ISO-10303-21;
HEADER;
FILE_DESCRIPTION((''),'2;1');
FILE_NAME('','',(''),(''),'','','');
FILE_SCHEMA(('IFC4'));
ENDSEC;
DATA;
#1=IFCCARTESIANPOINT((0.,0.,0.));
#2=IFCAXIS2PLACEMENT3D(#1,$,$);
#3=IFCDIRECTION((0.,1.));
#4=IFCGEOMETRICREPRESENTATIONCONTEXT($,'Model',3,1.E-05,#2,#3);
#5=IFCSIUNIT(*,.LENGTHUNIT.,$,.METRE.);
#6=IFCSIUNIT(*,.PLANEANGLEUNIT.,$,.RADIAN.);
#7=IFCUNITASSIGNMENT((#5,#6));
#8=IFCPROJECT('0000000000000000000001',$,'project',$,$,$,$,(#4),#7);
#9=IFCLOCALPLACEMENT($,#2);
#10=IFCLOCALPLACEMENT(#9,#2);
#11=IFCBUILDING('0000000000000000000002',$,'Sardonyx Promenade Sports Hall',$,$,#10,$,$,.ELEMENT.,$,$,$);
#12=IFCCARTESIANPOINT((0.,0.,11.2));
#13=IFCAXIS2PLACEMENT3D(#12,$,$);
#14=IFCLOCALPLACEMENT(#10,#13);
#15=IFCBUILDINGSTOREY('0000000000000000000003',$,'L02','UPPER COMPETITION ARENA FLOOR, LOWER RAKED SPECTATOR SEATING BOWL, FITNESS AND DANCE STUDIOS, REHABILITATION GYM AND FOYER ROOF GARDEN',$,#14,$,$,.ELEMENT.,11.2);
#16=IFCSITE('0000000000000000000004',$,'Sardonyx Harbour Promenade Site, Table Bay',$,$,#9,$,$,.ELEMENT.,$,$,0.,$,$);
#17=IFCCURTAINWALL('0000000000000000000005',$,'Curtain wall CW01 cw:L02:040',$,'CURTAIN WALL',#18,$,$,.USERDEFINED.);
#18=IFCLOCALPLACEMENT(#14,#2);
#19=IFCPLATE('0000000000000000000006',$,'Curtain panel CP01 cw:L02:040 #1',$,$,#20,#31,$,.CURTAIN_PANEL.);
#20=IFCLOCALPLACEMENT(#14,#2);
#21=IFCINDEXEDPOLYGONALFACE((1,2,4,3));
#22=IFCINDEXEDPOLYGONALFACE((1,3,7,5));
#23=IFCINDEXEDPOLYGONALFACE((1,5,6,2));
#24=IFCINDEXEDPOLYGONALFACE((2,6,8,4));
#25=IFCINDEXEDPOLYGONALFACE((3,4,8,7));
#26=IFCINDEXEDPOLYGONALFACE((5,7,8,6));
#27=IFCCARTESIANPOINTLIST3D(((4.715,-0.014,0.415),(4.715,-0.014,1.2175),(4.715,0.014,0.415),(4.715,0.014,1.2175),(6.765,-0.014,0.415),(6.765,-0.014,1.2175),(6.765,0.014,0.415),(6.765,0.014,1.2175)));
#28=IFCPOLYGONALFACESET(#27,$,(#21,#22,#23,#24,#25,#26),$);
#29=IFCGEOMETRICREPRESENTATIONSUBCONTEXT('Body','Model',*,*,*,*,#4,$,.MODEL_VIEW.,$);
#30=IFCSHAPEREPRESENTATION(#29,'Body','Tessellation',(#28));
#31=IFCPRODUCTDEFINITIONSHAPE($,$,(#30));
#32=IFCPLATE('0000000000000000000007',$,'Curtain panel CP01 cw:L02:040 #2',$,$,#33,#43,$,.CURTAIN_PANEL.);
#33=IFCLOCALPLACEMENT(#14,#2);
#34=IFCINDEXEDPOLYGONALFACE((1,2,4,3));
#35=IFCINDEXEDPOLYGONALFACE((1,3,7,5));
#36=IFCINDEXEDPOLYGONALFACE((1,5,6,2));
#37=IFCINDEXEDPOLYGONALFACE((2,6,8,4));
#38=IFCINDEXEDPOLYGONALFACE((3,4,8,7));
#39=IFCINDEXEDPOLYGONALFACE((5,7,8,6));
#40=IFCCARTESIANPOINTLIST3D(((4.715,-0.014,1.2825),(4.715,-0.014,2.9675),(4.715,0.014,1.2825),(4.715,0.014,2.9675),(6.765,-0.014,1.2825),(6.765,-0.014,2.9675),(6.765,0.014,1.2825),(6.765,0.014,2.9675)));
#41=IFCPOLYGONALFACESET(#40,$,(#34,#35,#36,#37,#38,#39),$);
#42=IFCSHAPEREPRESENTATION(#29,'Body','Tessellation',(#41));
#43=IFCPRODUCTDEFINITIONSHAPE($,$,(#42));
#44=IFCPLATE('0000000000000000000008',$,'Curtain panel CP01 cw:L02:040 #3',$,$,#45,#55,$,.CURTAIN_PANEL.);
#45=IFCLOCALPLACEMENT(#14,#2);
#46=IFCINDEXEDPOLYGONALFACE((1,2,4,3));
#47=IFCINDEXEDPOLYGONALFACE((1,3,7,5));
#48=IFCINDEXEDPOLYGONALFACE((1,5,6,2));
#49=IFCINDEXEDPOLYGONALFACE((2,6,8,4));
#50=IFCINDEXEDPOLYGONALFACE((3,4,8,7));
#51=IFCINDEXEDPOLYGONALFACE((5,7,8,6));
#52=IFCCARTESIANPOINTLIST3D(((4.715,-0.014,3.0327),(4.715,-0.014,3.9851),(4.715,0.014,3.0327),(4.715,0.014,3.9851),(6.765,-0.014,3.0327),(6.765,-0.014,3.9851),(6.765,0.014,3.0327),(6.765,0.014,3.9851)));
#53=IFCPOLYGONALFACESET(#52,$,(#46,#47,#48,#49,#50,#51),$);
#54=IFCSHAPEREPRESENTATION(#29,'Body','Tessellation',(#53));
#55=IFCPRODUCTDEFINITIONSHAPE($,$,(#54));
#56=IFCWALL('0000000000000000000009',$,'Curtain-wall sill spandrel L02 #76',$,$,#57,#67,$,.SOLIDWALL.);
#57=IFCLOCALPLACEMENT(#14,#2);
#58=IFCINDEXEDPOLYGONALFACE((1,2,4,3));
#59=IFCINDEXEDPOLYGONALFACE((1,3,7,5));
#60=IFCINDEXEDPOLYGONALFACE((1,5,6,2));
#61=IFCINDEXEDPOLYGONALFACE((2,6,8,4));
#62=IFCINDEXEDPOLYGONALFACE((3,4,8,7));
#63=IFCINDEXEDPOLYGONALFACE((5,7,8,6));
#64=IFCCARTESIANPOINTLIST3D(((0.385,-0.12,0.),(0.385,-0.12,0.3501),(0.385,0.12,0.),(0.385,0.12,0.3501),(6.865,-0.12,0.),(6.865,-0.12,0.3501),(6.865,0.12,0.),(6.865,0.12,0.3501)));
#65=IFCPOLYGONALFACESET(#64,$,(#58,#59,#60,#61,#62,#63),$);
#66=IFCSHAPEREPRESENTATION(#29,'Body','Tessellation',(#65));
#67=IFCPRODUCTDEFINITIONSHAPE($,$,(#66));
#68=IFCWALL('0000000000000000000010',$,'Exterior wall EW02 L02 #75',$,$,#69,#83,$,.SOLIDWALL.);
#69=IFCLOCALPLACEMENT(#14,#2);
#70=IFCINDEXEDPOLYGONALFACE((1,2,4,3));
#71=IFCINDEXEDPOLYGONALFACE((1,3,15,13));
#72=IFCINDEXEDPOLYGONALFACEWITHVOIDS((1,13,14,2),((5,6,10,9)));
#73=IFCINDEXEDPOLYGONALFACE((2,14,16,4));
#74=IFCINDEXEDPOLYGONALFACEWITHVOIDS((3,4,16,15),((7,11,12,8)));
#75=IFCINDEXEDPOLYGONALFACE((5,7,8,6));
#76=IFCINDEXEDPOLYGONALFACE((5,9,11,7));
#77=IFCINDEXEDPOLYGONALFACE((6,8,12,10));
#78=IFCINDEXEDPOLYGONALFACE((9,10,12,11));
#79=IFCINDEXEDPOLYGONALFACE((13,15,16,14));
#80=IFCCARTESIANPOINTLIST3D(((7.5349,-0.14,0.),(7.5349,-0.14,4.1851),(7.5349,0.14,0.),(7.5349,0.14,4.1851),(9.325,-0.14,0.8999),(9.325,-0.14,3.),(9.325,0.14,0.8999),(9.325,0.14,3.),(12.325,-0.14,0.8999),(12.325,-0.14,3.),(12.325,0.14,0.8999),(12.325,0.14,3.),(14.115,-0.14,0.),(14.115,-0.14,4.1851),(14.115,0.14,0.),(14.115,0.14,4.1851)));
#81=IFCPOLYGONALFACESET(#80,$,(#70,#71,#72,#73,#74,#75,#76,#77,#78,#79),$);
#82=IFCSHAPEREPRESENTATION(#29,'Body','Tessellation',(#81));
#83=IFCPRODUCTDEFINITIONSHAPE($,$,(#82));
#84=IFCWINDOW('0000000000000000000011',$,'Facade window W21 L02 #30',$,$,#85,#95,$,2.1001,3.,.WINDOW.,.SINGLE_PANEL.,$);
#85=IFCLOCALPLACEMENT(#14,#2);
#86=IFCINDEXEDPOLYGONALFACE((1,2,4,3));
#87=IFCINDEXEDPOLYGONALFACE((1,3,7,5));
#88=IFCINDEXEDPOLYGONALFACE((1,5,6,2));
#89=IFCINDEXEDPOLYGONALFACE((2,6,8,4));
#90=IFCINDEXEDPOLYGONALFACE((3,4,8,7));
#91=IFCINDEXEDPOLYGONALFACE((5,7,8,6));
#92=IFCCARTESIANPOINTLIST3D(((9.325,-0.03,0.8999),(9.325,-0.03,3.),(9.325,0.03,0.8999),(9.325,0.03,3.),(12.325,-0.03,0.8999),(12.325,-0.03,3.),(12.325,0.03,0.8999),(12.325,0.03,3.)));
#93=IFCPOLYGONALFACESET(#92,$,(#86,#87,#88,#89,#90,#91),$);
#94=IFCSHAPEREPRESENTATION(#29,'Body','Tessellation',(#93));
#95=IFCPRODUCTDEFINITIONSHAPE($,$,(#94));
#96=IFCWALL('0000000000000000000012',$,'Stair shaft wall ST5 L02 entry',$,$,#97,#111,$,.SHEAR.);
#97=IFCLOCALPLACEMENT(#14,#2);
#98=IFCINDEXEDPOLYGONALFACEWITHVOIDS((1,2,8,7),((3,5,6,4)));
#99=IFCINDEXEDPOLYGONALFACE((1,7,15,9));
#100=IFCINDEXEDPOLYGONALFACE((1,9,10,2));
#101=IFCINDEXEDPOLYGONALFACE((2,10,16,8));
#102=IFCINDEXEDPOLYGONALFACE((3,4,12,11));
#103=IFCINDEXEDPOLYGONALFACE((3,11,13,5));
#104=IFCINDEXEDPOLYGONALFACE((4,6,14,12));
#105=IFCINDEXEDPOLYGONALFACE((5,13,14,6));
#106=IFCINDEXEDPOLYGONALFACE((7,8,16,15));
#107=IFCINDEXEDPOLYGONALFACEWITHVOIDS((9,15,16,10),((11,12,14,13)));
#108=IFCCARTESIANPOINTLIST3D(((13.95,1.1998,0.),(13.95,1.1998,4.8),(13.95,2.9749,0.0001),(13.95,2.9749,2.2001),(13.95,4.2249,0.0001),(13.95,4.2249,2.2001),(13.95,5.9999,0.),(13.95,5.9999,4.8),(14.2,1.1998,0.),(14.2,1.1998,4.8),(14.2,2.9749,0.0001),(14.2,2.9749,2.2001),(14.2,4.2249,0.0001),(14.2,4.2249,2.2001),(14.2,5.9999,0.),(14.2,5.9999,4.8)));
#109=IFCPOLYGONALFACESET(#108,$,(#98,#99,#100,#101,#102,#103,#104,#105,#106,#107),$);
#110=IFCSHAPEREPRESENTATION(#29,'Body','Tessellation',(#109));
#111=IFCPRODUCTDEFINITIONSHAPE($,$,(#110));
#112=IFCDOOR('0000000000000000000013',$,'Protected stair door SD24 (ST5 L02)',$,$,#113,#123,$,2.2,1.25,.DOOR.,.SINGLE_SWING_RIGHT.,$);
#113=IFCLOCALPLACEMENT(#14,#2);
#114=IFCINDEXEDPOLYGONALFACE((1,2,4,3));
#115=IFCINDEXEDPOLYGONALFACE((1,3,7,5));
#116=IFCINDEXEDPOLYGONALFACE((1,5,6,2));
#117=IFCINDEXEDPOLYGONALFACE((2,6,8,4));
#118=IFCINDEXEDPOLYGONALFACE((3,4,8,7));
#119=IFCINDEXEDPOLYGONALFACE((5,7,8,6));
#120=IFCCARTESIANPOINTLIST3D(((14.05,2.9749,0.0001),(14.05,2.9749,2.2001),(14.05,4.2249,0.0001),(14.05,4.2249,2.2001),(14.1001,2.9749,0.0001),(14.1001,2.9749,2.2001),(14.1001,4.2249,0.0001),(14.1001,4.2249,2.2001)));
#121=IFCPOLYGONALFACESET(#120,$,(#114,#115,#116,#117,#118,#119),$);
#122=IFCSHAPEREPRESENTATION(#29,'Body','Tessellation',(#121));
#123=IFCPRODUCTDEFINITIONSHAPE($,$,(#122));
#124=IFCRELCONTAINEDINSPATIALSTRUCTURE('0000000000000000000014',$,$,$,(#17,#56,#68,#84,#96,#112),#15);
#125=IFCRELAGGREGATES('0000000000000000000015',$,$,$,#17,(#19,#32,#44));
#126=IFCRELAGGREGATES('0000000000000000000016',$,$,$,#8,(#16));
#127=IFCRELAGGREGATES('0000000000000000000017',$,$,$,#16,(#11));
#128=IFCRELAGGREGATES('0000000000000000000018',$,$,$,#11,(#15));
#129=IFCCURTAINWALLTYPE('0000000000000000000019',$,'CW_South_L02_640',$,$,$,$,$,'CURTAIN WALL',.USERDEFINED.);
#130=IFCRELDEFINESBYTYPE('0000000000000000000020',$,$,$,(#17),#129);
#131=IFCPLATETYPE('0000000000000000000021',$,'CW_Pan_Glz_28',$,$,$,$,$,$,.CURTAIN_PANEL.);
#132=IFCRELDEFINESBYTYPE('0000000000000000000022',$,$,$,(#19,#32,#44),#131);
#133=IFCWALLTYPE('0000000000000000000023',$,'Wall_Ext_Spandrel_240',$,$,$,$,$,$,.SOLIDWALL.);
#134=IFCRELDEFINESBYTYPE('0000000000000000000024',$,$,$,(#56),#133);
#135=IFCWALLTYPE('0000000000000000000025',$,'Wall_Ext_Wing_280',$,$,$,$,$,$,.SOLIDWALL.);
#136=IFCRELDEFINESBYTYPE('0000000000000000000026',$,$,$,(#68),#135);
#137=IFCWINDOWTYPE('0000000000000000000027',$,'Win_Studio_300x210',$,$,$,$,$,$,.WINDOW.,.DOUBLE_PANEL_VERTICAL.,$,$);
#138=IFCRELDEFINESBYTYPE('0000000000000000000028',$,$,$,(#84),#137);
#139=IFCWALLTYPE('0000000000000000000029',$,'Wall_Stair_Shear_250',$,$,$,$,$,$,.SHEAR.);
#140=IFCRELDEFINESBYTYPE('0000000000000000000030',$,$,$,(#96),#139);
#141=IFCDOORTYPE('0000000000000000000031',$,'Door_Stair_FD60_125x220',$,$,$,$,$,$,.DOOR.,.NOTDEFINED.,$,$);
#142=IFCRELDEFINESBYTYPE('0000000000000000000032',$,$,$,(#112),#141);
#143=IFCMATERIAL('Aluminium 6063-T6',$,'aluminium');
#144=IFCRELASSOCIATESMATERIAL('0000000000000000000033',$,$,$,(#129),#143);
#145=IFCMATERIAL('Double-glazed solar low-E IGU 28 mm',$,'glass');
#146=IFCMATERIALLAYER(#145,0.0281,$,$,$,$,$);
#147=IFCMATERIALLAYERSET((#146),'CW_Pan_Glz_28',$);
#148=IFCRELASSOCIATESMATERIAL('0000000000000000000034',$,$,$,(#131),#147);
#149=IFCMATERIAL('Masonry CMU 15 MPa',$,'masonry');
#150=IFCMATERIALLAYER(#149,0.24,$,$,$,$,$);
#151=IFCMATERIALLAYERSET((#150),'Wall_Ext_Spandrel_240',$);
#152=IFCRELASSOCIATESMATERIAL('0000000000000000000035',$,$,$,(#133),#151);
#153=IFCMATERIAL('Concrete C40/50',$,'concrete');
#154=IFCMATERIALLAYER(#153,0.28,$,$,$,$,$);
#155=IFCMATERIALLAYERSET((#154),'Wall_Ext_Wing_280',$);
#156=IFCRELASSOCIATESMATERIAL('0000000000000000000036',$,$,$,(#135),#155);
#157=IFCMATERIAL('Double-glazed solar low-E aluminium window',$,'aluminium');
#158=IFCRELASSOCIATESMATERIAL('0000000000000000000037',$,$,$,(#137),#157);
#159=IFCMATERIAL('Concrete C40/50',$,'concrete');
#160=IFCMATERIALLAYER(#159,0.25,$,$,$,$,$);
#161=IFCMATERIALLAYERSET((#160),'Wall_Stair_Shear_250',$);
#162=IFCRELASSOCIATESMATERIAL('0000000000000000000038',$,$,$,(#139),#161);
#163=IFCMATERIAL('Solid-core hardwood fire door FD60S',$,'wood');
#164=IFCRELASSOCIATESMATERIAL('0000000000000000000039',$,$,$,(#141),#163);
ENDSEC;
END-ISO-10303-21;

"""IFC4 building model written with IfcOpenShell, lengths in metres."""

from ifc_helpers import new_model, si_unit, direction, frame, frame_2d, origin, origin_2d, place, context, subcontext, project, spatial, rectangle, extrude, material, layer, layer_set, type_object, element, fill, aggregate, save


model = new_model("IFC4")

# Units and contexts
model_context = context("Model", 3, precision=1e-05, world=origin(), true_north=direction((0.0, 1.0)))
body_context = subcontext(model_context, "Body", "Model", "MODEL_VIEW")
ifc_project = project(units=[si_unit("LENGTHUNIT", "METRE"), si_unit("PLANEANGLEUNIT", "RADIAN")], contexts=[model_context])

# Site, building, storey
site_placement = place(None, origin())
site = spatial("IfcSite", under=ifc_project, at=site_placement, Name="Sardonyx Harbour Promenade Site, Table Bay", CompositionType="ELEMENT", RefElevation=0.0)
building_placement = place(site_placement, origin())
building = spatial("IfcBuilding", under=site, at=building_placement, Name="Sardonyx Promenade Sports Hall", CompositionType="ELEMENT")
storey_placement = place(building_placement, frame((0.0, 0.0, 11.2)))
storey = spatial("IfcBuildingStorey", under=building, at=storey_placement, Name="L02", Description="UPPER COMPETITION ARENA FLOOR, LOWER RAKED SPECTATOR SEATING BOWL, FITNESS AND DANCE STUDIOS, REHABILITATION GYM AND FOYER ROOF GARDEN", CompositionType="ELEMENT", Elevation=11.2)

# Curtain wall, plates
ifc_material_1 = material(Name="Aluminium 6063-T6", Category="aluminium")
curtain_wall_type = type_object("IfcCurtainWallType", Name="CW_South_L02_640", ElementType="CURTAIN WALL", PredefinedType="USERDEFINED", material=ifc_material_1)
curtain_wall_placement = place(storey_placement, origin())
curtain_wall = element("IfcCurtainWall", 1, at=curtain_wall_placement, inside=storey, type_object=curtain_wall_type, Name="Curtain wall CW01 cw:L02:040", ObjectType="CURTAIN WALL", PredefinedType="USERDEFINED")
ifc_material_2 = material(Name="Double-glazed solar low-E IGU 28 mm", Category="glass")
ifc_layer_1 = layer(ifc_material_2, 0.0281)
ifc_layer_set_1 = layer_set([ifc_layer_1], Name="CW_Pan_Glz_28")
plate_type = type_object("IfcPlateType", Name="CW_Pan_Glz_28", PredefinedType="CURTAIN_PANEL", material=ifc_layer_set_1)
plate_1_placement = place(storey_placement, frame((5.74, 0.0, 0.415), z_axis=(0.0, 0.0, 1.0), x_axis=(-1.0, 0.0, 0.0)))
plate_1 = element("IfcPlate", 2, at=plate_1_placement, type_object=plate_type, Name="Curtain panel CP01 cw:L02:040 #1", PredefinedType="CURTAIN_PANEL", context=body_context, shape_type="SweptSolid", body=[
    extrude(rectangle(XDim=2.05, YDim=0.0281, at=origin_2d()), origin(), (0.0, 0.0, 1.0), 0.8025),
])
plate_2_placement = place(storey_placement, frame((5.74, 0.0, 1.2825), z_axis=(0.0, 0.0, 1.0), x_axis=(-1.0, 0.0, 0.0)))
plate_2 = element("IfcPlate", 3, at=plate_2_placement, type_object=plate_type, Name="Curtain panel CP01 cw:L02:040 #2", PredefinedType="CURTAIN_PANEL", context=body_context, shape_type="SweptSolid", body=[
    extrude(rectangle(XDim=2.05, YDim=0.0281, at=origin_2d()), origin(), (0.0, 0.0, 1.0), 1.6851),
])
plate_3_placement = place(storey_placement, frame((5.74, 0.0, 3.0327), z_axis=(0.0, 0.0, 1.0), x_axis=(-1.0, 0.0, 0.0)))
plate_3 = element("IfcPlate", 4, at=plate_3_placement, type_object=plate_type, Name="Curtain panel CP01 cw:L02:040 #3", PredefinedType="CURTAIN_PANEL", context=body_context, shape_type="SweptSolid", body=[
    extrude(rectangle(XDim=2.05, YDim=0.0281, at=origin_2d()), origin(), (0.0, 0.0, 1.0), 0.9524),
])
aggregate(curtain_wall, [plate_1, plate_2, plate_3])

# Wall
ifc_material_3 = material(Name="Masonry CMU 15 MPa", Category="masonry")
ifc_layer_2 = layer(ifc_material_3, 0.24)
ifc_layer_set_2 = layer_set([ifc_layer_2], Name="Wall_Ext_Spandrel_240")
wall_type_1 = type_object("IfcWallType", Name="Wall_Ext_Spandrel_240", PredefinedType="SOLIDWALL", material=ifc_layer_set_2)
wall_1_placement = place(storey_placement, frame((6.865, 0.0, 0.0), z_axis=(0.0, 0.0, 1.0), x_axis=(-1.0, 0.0, 0.0)))
element("IfcWall", 5, at=wall_1_placement, inside=storey, type_object=wall_type_1, Name="Curtain-wall sill spandrel L02 #76", PredefinedType="SOLIDWALL", context=body_context, shape_type="SweptSolid", body=[
    extrude(rectangle(XDim=6.48, YDim=0.24, at=frame_2d((3.24, 0.0))), origin(), (0.0, 0.0, 1.0), 0.3501),
])

# Wall, opening, window
ifc_material_4 = material(Name="Concrete C40/50", Category="concrete")
ifc_layer_3 = layer(ifc_material_4, 0.28)
ifc_layer_set_3 = layer_set([ifc_layer_3], Name="Wall_Ext_Wing_280")
wall_type_2 = type_object("IfcWallType", Name="Wall_Ext_Wing_280", PredefinedType="SOLIDWALL", material=ifc_layer_set_3)
wall_2_placement = place(storey_placement, frame((14.115, 0.0, 0.0), z_axis=(0.0, 0.0, 1.0), x_axis=(-1.0, 0.0, 0.0)))
wall_2 = element("IfcWall", 6, at=wall_2_placement, inside=storey, type_object=wall_type_2, Name="Exterior wall EW02 L02 #75", PredefinedType="SOLIDWALL", context=body_context, shape_type="SweptSolid", body=[
    extrude(rectangle(XDim=6.5801, YDim=0.28, at=frame_2d((3.29, 0.0))), origin(), (0.0, 0.0, 1.0), 4.1851),
])
opening_1_placement = place(wall_2_placement, frame((1.79, 0.0, 0.8999)))
opening_1 = element("IfcOpeningElement", 7, at=opening_1_placement, cuts=wall_2, PredefinedType="OPENING", context=body_context, shape_type="SweptSolid", body=[
    extrude(rectangle(XDim=3.0, YDim=2.1001, at=frame_2d((1.5, 1.05))), frame((0.0, 0.15, 0.0), z_axis=(0.0, -1.0, 0.0), x_axis=(1.0, 0.0, 0.0)), (0.0, 0.0, 1.0), 0.3),
])
ifc_material_5 = material(Name="Double-glazed solar low-E aluminium window", Category="aluminium")
window_type = type_object("IfcWindowType", Name="Win_Studio_300x210", PartitioningType="DOUBLE_PANEL_VERTICAL", PredefinedType="WINDOW", material=ifc_material_5)
window_placement = place(opening_1_placement, origin())
window = element("IfcWindow", 8, at=window_placement, inside=storey, type_object=window_type, Name="Facade window W21 L02 #30", OverallHeight=2.1001, OverallWidth=3.0, PartitioningType="SINGLE_PANEL", PredefinedType="WINDOW", context=body_context, shape_type="SweptSolid", body=[
    extrude(rectangle(XDim=3.0, YDim=2.1001, at=frame_2d((1.5, 1.05))), frame((0.0, 0.03, 0.0), z_axis=(0.0, -1.0, 0.0), x_axis=(1.0, 0.0, 0.0)), (0.0, 0.0, 1.0), 0.0601),
])
fill(opening_1, window)

# Wall, opening, door
ifc_material_6 = material(Name="Concrete C40/50", Category="concrete")
ifc_layer_4 = layer(ifc_material_6, 0.25)
ifc_layer_set_4 = layer_set([ifc_layer_4], Name="Wall_Stair_Shear_250")
wall_type_3 = type_object("IfcWallType", Name="Wall_Stair_Shear_250", PredefinedType="SHEAR", material=ifc_layer_set_4)
wall_3_placement = place(storey_placement, frame((14.075, 1.2, 0.0), z_axis=(0.0, 0.0, 1.0), x_axis=(0.0, 1.0, 0.0)))
wall_3 = element("IfcWall", 9, at=wall_3_placement, inside=storey, type_object=wall_type_3, Name="Stair shaft wall ST5 L02 entry", PredefinedType="SHEAR", context=body_context, shape_type="SweptSolid", body=[
    extrude(rectangle(XDim=4.8, YDim=0.25, at=frame_2d((2.3999, 0.0))), origin(), (0.0, 0.0, 1.0), 4.8),
])
opening_2_placement = place(wall_3_placement, frame((1.7749, 0.0, 0.0)))
opening_2 = element("IfcOpeningElement", 10, at=opening_2_placement, cuts=wall_3, PredefinedType="OPENING", context=body_context, shape_type="SweptSolid", body=[
    extrude(rectangle(XDim=1.25, YDim=2.2, at=frame_2d((0.625, 1.1001))), frame((0.0, 0.135, 0.0), z_axis=(0.0, -1.0, 0.0), x_axis=(1.0, 0.0, 0.0)), (0.0, 0.0, 1.0), 0.27),
])
ifc_material_7 = material(Name="Solid-core hardwood fire door FD60S", Category="wood")
door_type = type_object("IfcDoorType", Name="Door_Stair_FD60_125x220", OperationType="NOTDEFINED", PredefinedType="DOOR", material=ifc_material_7)
door_placement = place(opening_2_placement, origin())
door = element("IfcDoor", 11, at=door_placement, inside=storey, type_object=door_type, Name="Protected stair door SD24 (ST5 L02)", OperationType="SINGLE_SWING_RIGHT", OverallHeight=2.2, OverallWidth=1.25, PredefinedType="DOOR", context=body_context, shape_type="SweptSolid", body=[
    extrude(rectangle(XDim=1.25, YDim=2.2, at=frame_2d((0.625, 1.1001))), frame((0.0, 0.0249, 0.0), z_axis=(0.0, -1.0, 0.0), x_axis=(1.0, 0.0, 0.0)), (0.0, 0.0, 1.0), 0.05),
])
fill(opening_2, door)

save(model, "model.ifc")
